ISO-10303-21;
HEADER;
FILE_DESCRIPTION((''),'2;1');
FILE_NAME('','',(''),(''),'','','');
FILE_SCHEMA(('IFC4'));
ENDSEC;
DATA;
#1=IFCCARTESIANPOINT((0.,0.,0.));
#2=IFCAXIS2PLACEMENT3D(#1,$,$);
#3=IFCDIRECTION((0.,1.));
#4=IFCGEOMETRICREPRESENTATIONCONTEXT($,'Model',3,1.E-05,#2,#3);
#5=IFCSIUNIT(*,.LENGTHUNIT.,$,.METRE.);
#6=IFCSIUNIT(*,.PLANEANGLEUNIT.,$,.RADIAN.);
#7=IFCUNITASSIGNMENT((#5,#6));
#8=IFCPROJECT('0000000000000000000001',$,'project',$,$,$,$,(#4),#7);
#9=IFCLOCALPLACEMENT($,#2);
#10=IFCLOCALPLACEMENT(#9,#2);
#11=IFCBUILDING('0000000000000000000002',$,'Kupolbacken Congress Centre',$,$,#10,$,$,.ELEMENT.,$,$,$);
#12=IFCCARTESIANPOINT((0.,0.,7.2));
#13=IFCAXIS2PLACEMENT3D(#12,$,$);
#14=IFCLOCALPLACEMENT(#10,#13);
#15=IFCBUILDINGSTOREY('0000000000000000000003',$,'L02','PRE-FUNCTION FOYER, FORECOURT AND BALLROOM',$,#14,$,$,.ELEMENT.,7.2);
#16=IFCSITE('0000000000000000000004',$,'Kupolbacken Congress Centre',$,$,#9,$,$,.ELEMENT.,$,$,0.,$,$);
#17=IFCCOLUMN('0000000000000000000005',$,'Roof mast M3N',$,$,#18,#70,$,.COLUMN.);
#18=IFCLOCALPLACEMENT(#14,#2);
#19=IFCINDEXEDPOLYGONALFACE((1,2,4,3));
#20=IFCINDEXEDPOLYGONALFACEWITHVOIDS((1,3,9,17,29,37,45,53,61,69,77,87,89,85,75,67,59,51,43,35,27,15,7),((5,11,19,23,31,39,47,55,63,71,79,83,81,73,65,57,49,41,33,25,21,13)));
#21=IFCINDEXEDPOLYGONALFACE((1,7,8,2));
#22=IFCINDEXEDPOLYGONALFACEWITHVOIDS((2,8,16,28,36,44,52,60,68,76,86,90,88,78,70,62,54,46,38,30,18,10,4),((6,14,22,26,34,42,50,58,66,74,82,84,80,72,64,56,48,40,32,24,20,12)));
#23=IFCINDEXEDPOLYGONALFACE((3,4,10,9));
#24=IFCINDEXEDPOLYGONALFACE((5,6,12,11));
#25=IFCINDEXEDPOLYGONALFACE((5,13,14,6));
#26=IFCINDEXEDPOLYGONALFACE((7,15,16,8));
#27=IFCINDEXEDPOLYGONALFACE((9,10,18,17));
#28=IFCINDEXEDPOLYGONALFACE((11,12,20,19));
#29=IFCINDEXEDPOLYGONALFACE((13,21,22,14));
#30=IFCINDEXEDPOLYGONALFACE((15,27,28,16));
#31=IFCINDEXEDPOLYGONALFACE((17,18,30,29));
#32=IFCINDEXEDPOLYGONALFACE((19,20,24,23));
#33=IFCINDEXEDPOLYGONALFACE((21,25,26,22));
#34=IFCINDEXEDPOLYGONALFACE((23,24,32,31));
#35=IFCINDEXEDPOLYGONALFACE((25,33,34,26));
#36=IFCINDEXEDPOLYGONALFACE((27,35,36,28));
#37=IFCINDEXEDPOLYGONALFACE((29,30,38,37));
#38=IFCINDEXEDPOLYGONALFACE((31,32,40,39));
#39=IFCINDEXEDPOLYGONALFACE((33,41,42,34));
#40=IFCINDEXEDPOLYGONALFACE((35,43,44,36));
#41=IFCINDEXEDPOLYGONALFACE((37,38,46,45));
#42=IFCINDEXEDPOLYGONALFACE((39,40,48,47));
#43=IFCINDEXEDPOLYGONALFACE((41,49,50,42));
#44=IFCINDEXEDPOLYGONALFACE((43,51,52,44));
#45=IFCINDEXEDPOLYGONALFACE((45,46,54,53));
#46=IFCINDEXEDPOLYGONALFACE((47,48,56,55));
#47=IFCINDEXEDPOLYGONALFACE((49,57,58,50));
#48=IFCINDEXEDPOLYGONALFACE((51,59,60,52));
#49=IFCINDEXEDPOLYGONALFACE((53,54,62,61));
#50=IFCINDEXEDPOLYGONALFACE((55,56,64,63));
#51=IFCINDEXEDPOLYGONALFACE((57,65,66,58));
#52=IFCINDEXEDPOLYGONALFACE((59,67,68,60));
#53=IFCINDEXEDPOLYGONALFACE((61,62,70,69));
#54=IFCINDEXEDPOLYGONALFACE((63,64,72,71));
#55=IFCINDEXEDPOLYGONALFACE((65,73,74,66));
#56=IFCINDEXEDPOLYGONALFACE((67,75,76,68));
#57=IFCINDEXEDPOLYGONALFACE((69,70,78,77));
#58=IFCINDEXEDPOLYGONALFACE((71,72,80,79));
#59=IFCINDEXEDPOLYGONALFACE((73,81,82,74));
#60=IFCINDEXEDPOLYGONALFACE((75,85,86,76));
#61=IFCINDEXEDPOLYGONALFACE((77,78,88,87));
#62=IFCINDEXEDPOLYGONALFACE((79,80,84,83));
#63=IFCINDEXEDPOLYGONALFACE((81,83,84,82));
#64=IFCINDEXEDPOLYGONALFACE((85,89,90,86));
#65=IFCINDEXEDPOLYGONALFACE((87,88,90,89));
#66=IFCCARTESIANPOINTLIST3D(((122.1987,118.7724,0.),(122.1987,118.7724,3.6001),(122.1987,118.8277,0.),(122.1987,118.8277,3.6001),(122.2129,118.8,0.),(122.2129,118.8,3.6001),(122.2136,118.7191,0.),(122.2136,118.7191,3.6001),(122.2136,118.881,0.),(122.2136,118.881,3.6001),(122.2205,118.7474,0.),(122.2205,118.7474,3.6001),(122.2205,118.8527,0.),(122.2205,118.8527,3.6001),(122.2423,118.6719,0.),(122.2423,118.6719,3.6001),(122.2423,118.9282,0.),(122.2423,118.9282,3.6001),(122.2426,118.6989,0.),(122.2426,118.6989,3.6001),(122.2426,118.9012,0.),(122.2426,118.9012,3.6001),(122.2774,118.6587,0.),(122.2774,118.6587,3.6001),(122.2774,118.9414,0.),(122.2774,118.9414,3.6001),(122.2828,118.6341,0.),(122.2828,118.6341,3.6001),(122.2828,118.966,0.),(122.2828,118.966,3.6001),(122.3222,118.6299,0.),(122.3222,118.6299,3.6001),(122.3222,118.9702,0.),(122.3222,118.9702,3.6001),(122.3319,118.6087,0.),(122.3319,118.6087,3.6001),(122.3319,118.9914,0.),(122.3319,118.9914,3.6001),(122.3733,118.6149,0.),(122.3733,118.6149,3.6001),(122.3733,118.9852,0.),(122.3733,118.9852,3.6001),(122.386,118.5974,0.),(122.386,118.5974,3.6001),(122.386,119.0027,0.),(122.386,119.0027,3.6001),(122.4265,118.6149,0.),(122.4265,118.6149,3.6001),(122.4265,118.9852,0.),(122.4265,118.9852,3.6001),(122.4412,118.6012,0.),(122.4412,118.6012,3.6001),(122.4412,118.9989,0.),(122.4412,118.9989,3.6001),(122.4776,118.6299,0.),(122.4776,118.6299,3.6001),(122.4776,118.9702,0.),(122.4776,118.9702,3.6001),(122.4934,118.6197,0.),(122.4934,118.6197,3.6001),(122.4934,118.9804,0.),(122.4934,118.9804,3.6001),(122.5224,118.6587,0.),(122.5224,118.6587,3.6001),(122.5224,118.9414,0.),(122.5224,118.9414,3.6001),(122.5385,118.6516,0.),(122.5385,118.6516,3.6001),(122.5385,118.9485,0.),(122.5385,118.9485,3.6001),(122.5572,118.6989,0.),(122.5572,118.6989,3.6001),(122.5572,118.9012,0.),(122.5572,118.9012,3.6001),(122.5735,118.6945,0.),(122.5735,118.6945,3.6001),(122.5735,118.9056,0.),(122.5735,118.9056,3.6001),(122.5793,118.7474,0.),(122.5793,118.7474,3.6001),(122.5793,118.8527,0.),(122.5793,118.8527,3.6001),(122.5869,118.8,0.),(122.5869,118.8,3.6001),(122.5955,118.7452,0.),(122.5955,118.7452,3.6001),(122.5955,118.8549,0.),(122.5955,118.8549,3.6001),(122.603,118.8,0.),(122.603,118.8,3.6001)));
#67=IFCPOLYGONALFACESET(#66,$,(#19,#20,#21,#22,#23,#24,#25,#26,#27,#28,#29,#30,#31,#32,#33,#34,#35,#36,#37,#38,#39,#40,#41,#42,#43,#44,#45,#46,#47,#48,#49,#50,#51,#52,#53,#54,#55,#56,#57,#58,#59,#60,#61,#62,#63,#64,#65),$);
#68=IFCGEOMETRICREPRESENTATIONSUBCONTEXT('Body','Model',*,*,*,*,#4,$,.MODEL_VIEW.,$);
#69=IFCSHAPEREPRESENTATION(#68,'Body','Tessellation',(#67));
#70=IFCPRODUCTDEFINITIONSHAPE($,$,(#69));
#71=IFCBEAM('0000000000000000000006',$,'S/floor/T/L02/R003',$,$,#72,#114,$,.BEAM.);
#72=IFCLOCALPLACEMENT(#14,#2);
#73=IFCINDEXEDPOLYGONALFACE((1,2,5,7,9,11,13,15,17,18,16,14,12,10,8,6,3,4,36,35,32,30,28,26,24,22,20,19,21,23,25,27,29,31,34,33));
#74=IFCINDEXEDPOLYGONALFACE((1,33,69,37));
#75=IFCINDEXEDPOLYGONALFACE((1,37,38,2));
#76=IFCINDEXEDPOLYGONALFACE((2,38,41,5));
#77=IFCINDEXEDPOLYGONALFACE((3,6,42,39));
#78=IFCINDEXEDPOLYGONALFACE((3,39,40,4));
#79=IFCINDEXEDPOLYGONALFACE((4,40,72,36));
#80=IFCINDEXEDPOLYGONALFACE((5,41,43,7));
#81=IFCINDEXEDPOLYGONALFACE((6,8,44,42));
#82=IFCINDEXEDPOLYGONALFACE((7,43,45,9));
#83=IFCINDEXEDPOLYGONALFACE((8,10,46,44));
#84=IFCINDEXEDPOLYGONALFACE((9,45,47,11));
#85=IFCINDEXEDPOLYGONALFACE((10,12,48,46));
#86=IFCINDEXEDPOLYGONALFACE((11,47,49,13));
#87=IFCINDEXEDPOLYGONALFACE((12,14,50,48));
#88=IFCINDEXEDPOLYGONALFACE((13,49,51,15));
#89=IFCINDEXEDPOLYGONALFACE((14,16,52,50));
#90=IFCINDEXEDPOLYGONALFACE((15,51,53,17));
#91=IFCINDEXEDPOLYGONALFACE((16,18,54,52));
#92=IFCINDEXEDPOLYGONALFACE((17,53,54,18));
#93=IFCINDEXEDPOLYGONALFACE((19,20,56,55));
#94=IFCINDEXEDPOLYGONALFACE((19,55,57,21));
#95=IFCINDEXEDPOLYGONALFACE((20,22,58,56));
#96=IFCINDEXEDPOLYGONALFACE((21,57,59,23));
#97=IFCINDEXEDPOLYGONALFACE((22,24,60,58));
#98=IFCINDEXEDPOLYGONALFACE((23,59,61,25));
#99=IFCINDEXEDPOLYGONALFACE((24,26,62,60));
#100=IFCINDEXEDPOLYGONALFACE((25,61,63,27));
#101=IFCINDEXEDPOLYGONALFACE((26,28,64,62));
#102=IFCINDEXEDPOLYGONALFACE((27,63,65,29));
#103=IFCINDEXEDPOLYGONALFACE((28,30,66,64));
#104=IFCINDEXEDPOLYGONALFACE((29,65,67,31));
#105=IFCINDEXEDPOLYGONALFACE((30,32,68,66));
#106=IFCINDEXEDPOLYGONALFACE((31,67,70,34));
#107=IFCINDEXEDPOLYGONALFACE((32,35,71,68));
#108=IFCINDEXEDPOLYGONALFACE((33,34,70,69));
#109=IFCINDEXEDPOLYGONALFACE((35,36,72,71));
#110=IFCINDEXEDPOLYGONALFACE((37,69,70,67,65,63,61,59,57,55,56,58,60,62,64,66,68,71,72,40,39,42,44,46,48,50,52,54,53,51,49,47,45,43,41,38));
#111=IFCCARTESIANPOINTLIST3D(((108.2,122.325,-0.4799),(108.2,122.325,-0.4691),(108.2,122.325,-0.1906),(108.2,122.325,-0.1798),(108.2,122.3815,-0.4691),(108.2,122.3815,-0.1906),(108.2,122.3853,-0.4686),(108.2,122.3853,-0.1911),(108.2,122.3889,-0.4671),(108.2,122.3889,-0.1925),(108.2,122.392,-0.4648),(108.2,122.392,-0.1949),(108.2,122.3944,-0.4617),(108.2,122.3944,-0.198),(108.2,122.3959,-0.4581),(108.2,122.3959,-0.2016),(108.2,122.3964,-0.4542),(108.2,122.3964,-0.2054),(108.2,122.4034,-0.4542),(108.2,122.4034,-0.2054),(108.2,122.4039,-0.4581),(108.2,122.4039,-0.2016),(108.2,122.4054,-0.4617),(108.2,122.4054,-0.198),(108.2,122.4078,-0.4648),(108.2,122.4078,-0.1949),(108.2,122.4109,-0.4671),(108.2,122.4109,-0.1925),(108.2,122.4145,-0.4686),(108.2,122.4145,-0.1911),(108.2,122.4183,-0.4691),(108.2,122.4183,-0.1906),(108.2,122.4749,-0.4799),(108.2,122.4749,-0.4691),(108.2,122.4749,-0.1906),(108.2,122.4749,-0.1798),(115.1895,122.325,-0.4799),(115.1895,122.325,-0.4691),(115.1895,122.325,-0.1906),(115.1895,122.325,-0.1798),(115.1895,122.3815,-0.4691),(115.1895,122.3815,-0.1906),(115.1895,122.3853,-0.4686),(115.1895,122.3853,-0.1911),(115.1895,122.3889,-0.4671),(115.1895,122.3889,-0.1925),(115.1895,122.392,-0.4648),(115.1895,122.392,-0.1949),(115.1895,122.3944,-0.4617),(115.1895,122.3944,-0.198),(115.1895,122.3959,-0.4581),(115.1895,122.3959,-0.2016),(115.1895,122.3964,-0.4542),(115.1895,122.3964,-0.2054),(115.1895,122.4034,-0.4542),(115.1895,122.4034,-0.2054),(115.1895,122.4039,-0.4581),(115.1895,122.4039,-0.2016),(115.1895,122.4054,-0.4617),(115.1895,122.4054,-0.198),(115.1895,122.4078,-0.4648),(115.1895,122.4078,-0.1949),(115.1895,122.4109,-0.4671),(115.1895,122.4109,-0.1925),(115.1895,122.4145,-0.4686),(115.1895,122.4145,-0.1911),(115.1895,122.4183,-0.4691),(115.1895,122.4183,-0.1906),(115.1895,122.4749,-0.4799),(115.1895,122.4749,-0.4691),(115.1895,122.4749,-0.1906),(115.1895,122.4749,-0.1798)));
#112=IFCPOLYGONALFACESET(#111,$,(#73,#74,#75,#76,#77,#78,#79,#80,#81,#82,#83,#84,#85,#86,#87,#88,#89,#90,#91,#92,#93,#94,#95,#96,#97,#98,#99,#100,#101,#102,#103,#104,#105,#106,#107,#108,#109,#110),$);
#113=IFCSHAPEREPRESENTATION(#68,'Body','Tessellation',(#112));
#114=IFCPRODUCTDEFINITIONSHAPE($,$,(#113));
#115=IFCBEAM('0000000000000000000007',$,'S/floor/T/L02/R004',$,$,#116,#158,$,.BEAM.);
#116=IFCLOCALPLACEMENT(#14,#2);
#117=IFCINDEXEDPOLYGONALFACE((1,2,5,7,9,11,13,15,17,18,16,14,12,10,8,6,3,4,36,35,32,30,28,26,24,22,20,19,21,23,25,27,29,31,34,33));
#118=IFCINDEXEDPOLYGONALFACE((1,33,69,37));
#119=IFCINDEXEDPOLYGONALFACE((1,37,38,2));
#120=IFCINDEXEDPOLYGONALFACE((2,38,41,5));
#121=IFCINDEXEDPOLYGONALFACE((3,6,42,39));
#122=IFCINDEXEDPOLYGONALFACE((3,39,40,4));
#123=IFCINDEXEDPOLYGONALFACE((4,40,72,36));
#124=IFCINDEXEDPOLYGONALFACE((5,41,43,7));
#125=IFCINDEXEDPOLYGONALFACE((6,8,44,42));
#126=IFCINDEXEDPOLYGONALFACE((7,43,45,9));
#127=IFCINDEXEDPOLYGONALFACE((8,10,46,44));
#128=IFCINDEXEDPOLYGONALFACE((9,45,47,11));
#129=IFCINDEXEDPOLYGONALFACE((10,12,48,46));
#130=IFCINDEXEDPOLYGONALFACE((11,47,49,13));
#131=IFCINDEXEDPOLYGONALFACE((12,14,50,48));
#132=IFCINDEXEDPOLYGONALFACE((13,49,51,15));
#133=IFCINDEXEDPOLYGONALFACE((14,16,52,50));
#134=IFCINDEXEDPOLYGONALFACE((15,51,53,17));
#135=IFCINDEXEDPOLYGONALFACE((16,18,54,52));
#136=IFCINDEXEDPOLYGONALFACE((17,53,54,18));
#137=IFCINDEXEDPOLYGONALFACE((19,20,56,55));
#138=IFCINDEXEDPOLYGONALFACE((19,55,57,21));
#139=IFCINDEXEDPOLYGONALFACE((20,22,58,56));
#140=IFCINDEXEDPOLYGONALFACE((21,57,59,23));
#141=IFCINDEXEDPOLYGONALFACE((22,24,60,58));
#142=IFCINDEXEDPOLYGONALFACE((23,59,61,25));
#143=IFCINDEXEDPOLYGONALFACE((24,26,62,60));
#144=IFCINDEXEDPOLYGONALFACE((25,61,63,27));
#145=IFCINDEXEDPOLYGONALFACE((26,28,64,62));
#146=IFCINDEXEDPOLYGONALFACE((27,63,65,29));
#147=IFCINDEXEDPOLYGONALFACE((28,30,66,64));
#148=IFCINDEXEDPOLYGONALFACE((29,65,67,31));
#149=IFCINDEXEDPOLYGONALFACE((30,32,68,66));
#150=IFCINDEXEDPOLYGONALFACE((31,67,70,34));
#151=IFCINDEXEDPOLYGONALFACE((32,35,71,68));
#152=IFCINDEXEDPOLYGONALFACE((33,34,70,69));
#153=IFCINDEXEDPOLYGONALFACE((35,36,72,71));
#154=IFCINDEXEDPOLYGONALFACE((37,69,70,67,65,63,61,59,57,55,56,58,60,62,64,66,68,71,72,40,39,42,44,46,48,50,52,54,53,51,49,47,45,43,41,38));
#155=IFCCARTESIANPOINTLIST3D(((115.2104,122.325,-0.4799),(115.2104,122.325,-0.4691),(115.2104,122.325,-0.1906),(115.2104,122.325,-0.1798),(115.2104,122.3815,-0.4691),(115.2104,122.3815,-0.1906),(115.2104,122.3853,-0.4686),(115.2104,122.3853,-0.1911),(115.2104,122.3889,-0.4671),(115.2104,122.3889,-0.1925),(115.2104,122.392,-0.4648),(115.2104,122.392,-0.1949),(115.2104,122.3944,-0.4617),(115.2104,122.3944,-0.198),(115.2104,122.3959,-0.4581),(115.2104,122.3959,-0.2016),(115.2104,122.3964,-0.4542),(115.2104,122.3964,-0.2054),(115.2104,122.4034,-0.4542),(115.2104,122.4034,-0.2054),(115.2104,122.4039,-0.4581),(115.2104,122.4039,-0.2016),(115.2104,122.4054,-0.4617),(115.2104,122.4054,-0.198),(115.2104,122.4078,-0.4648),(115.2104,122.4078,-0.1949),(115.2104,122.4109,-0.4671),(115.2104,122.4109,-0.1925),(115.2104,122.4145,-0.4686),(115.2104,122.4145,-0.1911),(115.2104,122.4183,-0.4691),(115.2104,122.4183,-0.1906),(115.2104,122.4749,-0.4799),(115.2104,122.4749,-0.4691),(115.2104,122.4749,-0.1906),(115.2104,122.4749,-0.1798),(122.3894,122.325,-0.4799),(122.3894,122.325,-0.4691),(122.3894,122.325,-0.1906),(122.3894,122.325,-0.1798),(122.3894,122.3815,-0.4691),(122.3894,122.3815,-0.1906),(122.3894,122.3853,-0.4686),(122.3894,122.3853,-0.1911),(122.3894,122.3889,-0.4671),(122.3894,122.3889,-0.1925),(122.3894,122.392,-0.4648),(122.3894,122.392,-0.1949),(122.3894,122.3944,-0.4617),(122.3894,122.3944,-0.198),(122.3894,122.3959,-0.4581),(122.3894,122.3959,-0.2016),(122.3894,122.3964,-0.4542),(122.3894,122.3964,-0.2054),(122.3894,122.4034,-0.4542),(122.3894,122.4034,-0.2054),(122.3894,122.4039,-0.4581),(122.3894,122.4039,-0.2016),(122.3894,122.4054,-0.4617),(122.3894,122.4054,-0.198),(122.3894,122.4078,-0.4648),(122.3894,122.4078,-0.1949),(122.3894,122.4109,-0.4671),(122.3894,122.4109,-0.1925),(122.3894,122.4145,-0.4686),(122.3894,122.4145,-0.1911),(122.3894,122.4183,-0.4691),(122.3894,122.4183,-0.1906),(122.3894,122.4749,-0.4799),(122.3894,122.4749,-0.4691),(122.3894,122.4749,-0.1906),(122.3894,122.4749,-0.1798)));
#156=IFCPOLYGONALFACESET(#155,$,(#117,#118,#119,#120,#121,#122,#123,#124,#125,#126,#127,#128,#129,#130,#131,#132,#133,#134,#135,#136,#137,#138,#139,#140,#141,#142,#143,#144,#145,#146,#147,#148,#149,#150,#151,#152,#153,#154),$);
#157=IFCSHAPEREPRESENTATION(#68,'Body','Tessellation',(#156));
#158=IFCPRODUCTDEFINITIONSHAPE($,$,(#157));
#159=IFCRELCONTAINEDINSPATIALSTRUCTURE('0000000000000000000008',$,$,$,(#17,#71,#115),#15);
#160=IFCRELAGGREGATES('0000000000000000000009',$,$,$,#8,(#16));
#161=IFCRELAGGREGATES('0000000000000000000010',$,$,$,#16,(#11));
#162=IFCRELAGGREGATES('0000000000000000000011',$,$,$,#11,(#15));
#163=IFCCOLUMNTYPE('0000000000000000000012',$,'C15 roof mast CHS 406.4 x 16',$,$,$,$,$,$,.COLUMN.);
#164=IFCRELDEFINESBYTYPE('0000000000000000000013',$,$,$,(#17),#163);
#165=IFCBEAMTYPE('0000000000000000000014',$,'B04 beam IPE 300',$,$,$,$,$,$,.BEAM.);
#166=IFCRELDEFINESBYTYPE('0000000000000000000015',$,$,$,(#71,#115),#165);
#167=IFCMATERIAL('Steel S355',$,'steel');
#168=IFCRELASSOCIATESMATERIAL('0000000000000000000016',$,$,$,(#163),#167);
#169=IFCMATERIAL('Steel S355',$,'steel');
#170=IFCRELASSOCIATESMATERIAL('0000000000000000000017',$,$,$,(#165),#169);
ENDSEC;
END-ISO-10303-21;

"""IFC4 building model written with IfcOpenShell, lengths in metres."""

from ifc_helpers import new_model, si_unit, direction, frame, origin, origin_2d, place, context, subcontext, project, spatial, hollow_circle, i_section, extrude, material, material_profile, profile_set, type_object, element, save


model = new_model("IFC4")

# Units and contexts
model_context = context("Model", 3, precision=1e-05, world=origin(), true_north=direction((0.0, 1.0)))
body_context = subcontext(model_context, "Body", "Model", "MODEL_VIEW")
ifc_project = project(units=[si_unit("LENGTHUNIT", "METRE"), si_unit("PLANEANGLEUNIT", "RADIAN")], contexts=[model_context])

# Site, building, storey
site_placement = place(None, origin())
site = spatial("IfcSite", under=ifc_project, at=site_placement, Name="Kupolbacken Congress Centre", CompositionType="ELEMENT", RefElevation=0.0)
building_placement = place(site_placement, origin())
building = spatial("IfcBuilding", under=site, at=building_placement, Name="Kupolbacken Congress Centre", CompositionType="ELEMENT")
storey_placement = place(building_placement, frame((0.0, 0.0, 7.2)))
storey = spatial("IfcBuildingStorey", under=building, at=storey_placement, Name="L02", Description="PRE-FUNCTION FOYER, FORECOURT AND BALLROOM", CompositionType="ELEMENT", Elevation=7.2)

# Column
ifc_material_1 = material(Name="Steel S355", Category="steel")
ifc_material_profile_1 = material_profile(ifc_material_1, hollow_circle(Radius=0.2031, WallThickness=0.0161, at=origin_2d()), Name="CHS 406.4 x 16")
ifc_profile_set_1 = profile_set([ifc_material_profile_1], Name="Steel S355")
column_type_1 = type_object("IfcColumnType", Name="C15 roof mast CHS 406.4 x 16", PredefinedType="COLUMN", material=ifc_profile_set_1)
for number, where, z_axis, x_axis, name in (
    (1, (122.3999, 118.8, 0.0), (0.0, 0.0, 1.0), (1.0, 0.0, 0.0), "Roof mast M3N"),
):
    element("IfcColumn", number, at=place(storey_placement, frame(where, z_axis=z_axis, x_axis=x_axis)), inside=storey, type_object=column_type_1, Name=name, PredefinedType="COLUMN", context=body_context, shape_type="SweptSolid", body=[
        extrude(hollow_circle(Radius=0.2031, WallThickness=0.0161, at=origin_2d()), origin(), (0.0, 0.0, 1.0), 3.6001),
    ])

# Beams
ifc_material_2 = material(Name="Steel S355", Category="steel")
ifc_material_profile_2 = material_profile(ifc_material_2, i_section(OverallWidth=0.1499, OverallDepth=0.3, WebThickness=0.0071, FlangeThickness=0.0107, FilletRadius=0.0149, at=origin_2d()), Name="IPE 300")
ifc_profile_set_2 = profile_set([ifc_material_profile_2], Name="Steel S355")
beam_type = type_object("IfcBeamType", Name="B04 beam IPE 300", PredefinedType="BEAM", material=ifc_profile_set_2)
beam_1_placement = place(storey_placement, frame((108.2, 122.3999, -0.3298), z_axis=(1.0, 0.0, 0.0), x_axis=(0.0, 1.0, 0.0)))
element("IfcBeam", 2, at=beam_1_placement, inside=storey, type_object=beam_type, Name="S/floor/T/L02/R003", PredefinedType="BEAM", context=body_context, shape_type="SweptSolid", body=[
    extrude(i_section(OverallWidth=0.1499, OverallDepth=0.3, WebThickness=0.0071, FlangeThickness=0.0107, FilletRadius=0.0149, at=origin_2d()), origin(), (0.0, 0.0, 1.0), 6.9895),
])
beam_2_placement = place(storey_placement, frame((115.2104, 122.3999, -0.3298), z_axis=(1.0, 0.0, 0.0), x_axis=(0.0, 1.0, 0.0)))
element("IfcBeam", 3, at=beam_2_placement, inside=storey, type_object=beam_type, Name="S/floor/T/L02/R004", PredefinedType="BEAM", context=body_context, shape_type="SweptSolid", body=[
    extrude(i_section(OverallWidth=0.1499, OverallDepth=0.3, WebThickness=0.0071, FlangeThickness=0.0107, FilletRadius=0.0149, at=origin_2d()), origin(), (0.0, 0.0, 1.0), 7.179),
])

save(model, "model.ifc")
